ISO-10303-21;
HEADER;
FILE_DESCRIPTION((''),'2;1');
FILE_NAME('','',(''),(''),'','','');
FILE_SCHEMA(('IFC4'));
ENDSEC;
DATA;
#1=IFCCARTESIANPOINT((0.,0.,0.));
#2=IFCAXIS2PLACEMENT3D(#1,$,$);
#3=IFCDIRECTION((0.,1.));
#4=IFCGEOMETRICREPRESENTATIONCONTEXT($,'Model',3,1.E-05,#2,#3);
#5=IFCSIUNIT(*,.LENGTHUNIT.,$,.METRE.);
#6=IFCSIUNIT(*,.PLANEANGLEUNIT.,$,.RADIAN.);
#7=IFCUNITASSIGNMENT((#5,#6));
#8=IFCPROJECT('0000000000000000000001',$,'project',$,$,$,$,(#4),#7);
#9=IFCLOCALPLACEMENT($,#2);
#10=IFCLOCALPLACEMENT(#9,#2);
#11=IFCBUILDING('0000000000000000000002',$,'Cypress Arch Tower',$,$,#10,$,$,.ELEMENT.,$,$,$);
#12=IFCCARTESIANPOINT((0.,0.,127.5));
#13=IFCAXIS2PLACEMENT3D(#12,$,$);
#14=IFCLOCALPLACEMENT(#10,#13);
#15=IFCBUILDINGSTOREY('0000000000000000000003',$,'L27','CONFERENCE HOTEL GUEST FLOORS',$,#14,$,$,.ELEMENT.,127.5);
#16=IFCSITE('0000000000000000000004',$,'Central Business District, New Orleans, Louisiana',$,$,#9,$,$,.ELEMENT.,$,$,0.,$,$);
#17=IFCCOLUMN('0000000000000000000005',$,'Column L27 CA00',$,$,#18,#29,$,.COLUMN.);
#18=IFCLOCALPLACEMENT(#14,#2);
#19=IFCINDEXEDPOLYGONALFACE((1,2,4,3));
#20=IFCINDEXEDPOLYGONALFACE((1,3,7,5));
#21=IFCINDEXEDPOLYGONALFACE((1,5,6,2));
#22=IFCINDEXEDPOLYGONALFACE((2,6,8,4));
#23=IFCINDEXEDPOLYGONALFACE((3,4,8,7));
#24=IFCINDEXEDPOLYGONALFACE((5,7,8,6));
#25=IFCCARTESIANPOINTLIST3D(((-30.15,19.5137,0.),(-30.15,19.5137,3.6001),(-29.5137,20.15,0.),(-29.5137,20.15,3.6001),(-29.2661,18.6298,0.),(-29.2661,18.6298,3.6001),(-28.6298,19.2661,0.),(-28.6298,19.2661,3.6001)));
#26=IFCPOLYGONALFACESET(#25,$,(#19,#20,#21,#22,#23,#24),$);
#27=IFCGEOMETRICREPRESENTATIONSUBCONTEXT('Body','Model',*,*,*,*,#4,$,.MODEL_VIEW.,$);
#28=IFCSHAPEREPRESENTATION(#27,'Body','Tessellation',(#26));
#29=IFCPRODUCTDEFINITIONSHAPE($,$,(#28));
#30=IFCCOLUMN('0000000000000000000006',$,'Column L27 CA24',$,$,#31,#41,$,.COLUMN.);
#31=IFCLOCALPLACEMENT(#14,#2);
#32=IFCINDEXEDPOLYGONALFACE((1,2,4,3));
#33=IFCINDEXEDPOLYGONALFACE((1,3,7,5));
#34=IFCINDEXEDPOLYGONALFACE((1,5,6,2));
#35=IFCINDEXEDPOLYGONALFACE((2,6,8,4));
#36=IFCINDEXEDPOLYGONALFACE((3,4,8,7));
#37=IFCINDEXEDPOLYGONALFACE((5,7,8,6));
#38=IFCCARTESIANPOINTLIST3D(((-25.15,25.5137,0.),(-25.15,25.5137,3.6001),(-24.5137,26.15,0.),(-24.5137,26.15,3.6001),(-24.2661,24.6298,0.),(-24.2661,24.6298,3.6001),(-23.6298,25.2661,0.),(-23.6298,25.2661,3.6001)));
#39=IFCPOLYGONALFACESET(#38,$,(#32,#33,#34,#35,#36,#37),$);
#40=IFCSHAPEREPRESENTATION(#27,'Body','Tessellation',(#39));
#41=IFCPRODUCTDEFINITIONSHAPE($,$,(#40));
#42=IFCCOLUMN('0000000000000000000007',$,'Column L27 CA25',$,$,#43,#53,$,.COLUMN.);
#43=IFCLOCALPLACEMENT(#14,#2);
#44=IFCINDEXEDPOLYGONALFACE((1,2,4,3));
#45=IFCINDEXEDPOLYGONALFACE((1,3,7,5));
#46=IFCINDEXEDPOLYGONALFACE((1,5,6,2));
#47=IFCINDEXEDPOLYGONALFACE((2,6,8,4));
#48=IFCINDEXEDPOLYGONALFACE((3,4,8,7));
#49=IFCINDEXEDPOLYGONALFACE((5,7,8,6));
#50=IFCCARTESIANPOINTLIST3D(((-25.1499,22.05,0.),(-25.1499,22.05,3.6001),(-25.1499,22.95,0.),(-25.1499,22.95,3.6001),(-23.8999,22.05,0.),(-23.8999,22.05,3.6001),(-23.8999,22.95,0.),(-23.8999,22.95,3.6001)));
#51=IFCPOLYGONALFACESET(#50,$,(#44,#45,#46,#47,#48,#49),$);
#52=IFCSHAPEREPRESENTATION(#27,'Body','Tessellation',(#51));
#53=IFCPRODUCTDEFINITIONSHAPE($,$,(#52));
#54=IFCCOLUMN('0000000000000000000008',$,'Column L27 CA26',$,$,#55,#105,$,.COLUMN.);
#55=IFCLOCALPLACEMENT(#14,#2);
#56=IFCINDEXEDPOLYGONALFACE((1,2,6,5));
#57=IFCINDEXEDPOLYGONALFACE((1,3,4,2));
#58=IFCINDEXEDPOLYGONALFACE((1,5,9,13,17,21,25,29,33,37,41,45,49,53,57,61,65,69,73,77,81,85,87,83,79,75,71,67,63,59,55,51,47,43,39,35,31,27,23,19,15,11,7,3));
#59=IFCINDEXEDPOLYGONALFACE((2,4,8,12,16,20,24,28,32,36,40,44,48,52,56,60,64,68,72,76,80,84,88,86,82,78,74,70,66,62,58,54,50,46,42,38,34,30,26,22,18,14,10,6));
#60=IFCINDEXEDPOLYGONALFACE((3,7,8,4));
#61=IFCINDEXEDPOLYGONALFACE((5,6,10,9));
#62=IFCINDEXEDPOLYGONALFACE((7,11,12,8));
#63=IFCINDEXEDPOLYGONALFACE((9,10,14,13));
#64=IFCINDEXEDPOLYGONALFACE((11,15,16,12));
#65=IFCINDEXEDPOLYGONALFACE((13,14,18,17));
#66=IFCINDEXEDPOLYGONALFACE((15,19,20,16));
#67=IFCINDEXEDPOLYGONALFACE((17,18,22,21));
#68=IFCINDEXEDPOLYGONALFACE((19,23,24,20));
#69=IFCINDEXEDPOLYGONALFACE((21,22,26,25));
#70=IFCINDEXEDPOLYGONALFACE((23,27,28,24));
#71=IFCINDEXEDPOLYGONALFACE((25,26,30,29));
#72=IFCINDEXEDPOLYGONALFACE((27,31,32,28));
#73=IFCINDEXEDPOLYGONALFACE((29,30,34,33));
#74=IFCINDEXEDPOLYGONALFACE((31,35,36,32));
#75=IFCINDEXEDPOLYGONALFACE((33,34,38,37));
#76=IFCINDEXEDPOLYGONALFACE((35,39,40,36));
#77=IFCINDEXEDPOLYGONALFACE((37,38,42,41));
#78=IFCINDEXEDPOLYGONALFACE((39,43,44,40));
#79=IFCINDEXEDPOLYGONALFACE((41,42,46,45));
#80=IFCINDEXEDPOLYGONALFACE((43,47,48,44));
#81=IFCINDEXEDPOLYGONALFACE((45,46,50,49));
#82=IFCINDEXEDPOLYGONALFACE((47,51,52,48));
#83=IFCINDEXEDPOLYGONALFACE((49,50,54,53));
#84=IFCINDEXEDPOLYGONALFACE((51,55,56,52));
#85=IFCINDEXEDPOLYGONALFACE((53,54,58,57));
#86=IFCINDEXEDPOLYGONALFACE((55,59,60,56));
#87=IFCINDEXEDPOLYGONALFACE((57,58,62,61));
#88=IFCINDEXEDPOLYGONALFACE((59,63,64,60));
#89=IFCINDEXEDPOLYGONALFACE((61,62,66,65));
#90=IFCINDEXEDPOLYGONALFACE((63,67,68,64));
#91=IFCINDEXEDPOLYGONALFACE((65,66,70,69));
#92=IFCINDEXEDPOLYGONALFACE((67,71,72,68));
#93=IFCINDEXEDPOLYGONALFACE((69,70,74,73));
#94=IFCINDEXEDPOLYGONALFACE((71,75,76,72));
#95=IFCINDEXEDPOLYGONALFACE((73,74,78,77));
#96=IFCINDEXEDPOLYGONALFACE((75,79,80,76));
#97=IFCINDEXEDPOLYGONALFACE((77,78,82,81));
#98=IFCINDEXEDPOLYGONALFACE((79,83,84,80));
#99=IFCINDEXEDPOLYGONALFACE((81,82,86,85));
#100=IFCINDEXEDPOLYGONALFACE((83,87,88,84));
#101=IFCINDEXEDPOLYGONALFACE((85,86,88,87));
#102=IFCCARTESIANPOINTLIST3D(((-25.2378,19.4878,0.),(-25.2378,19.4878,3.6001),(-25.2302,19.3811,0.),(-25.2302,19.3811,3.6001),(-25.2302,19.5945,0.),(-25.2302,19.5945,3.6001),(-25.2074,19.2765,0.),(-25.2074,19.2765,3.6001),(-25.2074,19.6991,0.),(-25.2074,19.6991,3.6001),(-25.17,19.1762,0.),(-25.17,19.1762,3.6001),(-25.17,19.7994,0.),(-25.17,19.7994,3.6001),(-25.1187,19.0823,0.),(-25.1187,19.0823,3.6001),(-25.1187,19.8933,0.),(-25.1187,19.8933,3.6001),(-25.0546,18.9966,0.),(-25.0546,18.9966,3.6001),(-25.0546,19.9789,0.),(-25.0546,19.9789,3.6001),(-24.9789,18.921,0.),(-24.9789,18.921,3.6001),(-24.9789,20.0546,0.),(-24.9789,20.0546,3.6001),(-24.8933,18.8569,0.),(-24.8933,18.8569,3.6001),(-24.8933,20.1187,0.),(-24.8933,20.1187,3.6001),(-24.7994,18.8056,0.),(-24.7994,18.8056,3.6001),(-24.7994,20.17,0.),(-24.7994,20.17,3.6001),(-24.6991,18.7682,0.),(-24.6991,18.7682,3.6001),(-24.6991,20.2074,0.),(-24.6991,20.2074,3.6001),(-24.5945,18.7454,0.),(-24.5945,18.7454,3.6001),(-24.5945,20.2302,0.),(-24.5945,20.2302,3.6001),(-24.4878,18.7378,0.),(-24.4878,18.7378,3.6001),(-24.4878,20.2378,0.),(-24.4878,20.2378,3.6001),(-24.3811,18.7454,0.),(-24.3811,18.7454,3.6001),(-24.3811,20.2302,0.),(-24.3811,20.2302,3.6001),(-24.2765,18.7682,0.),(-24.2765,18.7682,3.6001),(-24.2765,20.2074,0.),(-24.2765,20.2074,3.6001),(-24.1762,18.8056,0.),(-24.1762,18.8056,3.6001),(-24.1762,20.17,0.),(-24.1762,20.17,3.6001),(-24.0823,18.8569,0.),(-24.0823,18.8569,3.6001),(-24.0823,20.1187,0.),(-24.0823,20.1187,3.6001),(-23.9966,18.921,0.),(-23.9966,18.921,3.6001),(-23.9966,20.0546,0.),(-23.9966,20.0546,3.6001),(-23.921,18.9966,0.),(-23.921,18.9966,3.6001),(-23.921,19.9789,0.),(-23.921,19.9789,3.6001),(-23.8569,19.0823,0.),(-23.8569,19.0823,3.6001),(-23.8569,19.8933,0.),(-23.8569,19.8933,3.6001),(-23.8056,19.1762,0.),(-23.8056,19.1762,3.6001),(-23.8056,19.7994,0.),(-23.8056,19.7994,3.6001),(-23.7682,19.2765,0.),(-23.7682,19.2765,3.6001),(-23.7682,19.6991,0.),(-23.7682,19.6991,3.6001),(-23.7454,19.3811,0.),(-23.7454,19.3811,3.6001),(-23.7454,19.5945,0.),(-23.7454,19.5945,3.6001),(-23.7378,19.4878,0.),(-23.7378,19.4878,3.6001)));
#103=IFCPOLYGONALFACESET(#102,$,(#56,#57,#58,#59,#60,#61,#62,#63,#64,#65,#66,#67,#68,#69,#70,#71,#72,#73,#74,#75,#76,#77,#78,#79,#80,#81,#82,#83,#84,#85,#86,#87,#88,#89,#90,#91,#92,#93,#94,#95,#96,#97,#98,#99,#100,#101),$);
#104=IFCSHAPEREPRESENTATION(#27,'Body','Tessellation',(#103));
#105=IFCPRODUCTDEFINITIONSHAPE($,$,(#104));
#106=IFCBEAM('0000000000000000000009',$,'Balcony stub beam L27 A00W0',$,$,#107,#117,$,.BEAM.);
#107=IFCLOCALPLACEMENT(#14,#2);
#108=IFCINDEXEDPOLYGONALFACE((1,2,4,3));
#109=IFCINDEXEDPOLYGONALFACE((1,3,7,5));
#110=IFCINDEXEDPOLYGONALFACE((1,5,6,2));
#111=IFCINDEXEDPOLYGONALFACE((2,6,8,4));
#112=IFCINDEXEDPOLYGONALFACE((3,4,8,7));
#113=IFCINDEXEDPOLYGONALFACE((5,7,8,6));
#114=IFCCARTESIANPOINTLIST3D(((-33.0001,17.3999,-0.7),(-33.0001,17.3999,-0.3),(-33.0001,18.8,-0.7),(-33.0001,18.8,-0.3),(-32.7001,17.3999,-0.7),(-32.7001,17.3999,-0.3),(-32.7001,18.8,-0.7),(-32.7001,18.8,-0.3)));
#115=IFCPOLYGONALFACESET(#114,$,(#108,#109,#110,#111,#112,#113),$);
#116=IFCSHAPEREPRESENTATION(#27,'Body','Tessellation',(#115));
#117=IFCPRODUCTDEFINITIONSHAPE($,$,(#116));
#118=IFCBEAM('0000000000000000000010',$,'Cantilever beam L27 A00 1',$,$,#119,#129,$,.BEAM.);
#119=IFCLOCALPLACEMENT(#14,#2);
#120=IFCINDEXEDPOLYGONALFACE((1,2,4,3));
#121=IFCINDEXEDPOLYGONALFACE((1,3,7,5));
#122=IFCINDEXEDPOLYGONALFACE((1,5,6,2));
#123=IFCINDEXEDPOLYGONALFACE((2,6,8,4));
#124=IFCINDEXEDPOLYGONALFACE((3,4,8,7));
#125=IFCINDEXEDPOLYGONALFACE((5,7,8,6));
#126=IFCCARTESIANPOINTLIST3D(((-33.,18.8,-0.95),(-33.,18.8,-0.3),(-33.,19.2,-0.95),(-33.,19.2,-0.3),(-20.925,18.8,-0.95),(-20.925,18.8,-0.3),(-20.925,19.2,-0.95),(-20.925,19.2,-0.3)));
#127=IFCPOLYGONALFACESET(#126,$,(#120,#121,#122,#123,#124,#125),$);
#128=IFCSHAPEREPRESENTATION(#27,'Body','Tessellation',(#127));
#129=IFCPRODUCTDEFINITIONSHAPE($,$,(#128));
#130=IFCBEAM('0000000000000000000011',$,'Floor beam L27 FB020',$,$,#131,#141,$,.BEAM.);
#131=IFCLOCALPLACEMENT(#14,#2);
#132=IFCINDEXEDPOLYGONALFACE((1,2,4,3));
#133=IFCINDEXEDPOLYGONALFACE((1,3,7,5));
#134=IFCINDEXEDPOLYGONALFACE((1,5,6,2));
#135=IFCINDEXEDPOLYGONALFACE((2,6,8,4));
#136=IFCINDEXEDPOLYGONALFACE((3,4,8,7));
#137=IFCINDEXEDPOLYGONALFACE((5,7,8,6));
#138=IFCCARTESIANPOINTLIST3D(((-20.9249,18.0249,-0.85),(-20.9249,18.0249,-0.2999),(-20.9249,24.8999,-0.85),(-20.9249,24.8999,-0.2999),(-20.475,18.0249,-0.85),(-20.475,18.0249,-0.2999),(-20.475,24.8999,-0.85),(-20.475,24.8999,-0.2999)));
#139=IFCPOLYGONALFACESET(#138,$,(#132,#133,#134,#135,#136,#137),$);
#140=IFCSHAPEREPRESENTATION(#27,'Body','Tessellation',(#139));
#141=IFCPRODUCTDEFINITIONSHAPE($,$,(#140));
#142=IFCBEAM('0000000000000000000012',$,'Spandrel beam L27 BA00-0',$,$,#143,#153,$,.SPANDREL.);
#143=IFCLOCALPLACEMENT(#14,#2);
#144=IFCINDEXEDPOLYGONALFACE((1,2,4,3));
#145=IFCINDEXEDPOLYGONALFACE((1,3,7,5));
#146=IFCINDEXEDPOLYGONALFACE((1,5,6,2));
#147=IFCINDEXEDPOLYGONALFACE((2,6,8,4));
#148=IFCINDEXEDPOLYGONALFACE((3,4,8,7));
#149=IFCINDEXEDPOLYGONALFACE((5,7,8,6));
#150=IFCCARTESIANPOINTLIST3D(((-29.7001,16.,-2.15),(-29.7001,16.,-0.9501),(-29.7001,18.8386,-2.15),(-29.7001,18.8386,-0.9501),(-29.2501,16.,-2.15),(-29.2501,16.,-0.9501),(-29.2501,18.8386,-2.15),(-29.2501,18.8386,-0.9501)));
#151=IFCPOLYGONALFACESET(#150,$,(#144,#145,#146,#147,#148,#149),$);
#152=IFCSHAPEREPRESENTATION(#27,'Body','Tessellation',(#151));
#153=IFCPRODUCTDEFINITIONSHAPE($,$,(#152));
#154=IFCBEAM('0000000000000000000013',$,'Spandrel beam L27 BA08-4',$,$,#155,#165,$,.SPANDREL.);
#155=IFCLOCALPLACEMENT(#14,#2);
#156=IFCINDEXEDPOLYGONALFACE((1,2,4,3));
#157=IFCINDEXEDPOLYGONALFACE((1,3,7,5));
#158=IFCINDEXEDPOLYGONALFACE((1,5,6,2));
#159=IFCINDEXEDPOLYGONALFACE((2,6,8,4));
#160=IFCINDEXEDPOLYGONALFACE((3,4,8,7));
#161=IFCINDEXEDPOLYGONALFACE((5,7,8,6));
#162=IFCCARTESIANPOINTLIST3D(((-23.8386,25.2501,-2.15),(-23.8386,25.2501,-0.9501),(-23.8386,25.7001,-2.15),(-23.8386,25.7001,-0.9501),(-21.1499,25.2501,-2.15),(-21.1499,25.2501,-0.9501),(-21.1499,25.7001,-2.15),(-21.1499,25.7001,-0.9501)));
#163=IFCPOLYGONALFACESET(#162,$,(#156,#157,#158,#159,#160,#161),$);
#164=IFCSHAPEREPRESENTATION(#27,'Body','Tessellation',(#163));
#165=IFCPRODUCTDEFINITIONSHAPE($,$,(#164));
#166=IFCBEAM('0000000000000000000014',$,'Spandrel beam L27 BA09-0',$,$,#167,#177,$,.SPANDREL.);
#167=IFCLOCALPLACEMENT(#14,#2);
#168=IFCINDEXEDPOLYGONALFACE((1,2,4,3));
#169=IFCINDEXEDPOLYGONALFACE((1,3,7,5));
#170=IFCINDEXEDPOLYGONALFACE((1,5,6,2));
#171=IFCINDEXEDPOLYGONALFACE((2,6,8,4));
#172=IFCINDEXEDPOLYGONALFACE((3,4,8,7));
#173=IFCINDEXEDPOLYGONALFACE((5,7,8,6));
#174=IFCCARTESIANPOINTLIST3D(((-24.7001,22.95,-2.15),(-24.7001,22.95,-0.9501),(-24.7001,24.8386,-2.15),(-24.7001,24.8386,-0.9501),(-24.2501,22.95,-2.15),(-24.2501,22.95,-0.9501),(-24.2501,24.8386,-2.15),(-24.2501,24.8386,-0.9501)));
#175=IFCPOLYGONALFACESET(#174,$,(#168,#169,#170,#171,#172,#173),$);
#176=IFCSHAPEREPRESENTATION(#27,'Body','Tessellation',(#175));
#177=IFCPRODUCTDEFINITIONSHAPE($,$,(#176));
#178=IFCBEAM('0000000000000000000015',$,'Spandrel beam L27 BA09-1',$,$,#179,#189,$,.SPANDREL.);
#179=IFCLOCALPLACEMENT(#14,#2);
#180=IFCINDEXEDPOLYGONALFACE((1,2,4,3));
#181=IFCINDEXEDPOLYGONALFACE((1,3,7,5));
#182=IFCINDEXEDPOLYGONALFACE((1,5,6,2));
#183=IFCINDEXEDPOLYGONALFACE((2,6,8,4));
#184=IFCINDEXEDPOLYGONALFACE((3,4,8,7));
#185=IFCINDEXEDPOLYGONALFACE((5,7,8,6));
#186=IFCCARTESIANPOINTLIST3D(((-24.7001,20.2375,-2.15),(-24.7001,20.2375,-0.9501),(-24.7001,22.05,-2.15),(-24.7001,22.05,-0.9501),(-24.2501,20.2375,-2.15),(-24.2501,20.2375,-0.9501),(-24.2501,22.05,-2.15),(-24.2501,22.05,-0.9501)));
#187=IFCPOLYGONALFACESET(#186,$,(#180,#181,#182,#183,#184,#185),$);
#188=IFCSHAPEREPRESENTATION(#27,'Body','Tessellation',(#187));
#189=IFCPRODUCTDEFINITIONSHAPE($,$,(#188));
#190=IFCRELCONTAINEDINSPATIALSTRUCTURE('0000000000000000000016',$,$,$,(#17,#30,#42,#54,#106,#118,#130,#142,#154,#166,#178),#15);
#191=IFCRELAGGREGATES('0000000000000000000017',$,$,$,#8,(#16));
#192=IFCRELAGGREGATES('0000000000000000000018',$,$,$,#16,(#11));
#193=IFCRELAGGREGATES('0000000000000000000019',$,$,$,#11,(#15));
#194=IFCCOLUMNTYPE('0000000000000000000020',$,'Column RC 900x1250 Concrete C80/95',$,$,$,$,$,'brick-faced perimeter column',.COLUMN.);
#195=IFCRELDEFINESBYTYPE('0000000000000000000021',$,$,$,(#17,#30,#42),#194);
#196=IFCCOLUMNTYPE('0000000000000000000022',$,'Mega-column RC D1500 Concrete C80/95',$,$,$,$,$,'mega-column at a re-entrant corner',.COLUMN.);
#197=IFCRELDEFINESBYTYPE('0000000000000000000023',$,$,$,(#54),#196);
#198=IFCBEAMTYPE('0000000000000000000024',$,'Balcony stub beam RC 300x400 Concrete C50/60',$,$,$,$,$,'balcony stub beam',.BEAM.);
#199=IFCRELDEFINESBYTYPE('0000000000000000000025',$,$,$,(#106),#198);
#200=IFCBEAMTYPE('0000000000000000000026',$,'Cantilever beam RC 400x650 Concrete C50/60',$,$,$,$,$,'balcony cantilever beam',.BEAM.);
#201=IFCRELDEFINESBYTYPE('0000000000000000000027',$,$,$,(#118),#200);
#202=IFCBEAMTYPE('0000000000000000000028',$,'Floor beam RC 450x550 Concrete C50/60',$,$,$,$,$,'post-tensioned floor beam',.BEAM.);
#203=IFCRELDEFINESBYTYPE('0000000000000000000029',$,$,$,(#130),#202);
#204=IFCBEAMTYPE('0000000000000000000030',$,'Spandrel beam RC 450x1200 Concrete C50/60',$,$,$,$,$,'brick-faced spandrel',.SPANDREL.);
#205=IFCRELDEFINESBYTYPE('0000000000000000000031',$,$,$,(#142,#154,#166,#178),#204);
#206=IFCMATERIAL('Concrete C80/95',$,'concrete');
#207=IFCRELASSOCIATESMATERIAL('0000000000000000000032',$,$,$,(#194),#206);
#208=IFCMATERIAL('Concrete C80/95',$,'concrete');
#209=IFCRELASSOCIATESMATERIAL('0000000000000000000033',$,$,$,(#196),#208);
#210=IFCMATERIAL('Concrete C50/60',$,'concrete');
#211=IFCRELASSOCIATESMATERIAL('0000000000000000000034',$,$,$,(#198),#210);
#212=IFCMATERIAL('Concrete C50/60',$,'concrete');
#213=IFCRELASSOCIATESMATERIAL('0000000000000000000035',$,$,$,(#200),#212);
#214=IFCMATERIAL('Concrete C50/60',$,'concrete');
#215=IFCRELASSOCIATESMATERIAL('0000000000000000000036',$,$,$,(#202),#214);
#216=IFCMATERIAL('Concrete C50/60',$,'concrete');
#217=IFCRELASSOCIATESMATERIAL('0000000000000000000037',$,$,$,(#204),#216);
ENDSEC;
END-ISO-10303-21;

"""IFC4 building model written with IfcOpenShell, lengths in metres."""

from ifc_helpers import new_model, si_unit, direction, frame, origin, origin_2d, place, context, subcontext, project, spatial, rectangle, circle, extrude, material, material_profile, profile_set, type_object, element, save


model = new_model("IFC4")

# Units and contexts
model_context = context("Model", 3, precision=1e-05, world=origin(), true_north=direction((0.0, 1.0)))
body_context = subcontext(model_context, "Body", "Model", "MODEL_VIEW")
ifc_project = project(units=[si_unit("LENGTHUNIT", "METRE"), si_unit("PLANEANGLEUNIT", "RADIAN")], contexts=[model_context])

# Site, building, storey
site_placement = place(None, origin())
site = spatial("IfcSite", under=ifc_project, at=site_placement, Name="Central Business District, New Orleans, Louisiana", CompositionType="ELEMENT", RefElevation=0.0)
building_placement = place(site_placement, origin())
building = spatial("IfcBuilding", under=site, at=building_placement, Name="Cypress Arch Tower", CompositionType="ELEMENT")
storey_placement = place(building_placement, frame((0.0, 0.0, 127.5)))
storey = spatial("IfcBuildingStorey", under=building, at=storey_placement, Name="L27", Description="CONFERENCE HOTEL GUEST FLOORS", CompositionType="ELEMENT", Elevation=127.5)

# Columns
ifc_material_1 = material(Name="Concrete C80/95", Category="concrete")
ifc_material_profile_1 = material_profile(ifc_material_1, rectangle(XDim=0.8999, YDim=1.25, at=origin_2d()), Name="RC 900x1250")
ifc_profile_set_1 = profile_set([ifc_material_profile_1], Name="Concrete C80/95")
column_type_1 = type_object("IfcColumnType", Name="Column RC 900x1250 Concrete C80/95", ElementType="brick-faced perimeter column", PredefinedType="COLUMN", material=ifc_profile_set_1)
for number, where, z_axis, x_axis, name in (
    (1, (-29.3899, 19.3899, 0.0), (0.0, 0.0, 1.0), (-0.707107, -0.707107, 0.0), "Column L27 CA00"),
    (2, (-24.3899, 25.3899, 0.0), (0.0, 0.0, 1.0), (-0.707107, -0.707107, 0.0), "Column L27 CA24"),
    (3, (-24.5249, 22.5, 0.0), (0.0, 0.0, 1.0), (0.0, -1.0, 0.0), "Column L27 CA25"),
):
    element("IfcColumn", number, at=place(storey_placement, frame(where, z_axis=z_axis, x_axis=x_axis)), inside=storey, type_object=column_type_1, Name=name, PredefinedType="COLUMN", context=body_context, shape_type="SweptSolid", body=[
        extrude(rectangle(XDim=0.8999, YDim=1.25, at=origin_2d()), origin(), (0.0, 0.0, 1.0), 3.6001),
    ])
ifc_material_2 = material(Name="Concrete C80/95", Category="concrete")
ifc_material_profile_2 = material_profile(ifc_material_2, circle(Radius=0.75, at=origin_2d()), Name="RC D1500")
ifc_profile_set_2 = profile_set([ifc_material_profile_2], Name="Concrete C80/95")
column_type_2 = type_object("IfcColumnType", Name="Mega-column RC D1500 Concrete C80/95", ElementType="mega-column at a re-entrant corner", PredefinedType="COLUMN", material=ifc_profile_set_2)
column_placement = place(storey_placement, frame((-24.4878, 19.4878, 0.0), z_axis=(0.0, 0.0, 1.0), x_axis=(1.0, 0.0, 0.0)))
element("IfcColumn", 4, at=column_placement, inside=storey, type_object=column_type_2, Name="Column L27 CA26", PredefinedType="COLUMN", context=body_context, shape_type="SweptSolid", body=[
    extrude(circle(Radius=0.75, at=origin_2d()), origin(), (0.0, 0.0, 1.0), 3.6001),
])

# Beams
ifc_material_3 = material(Name="Concrete C50/60", Category="concrete")
ifc_material_profile_3 = material_profile(ifc_material_3, rectangle(XDim=0.3, YDim=0.3999, at=origin_2d()), Name="RC 300x400")
ifc_profile_set_3 = profile_set([ifc_material_profile_3], Name="Concrete C50/60")
beam_type_1 = type_object("IfcBeamType", Name="Balcony stub beam RC 300x400 Concrete C50/60", ElementType="balcony stub beam", PredefinedType="BEAM", material=ifc_profile_set_3)
beam_1_placement = place(storey_placement, frame((-32.8501, 18.8, -0.5), z_axis=(0.0, -1.0, 0.0), x_axis=(1.0, 0.0, 0.0)))
element("IfcBeam", 5, at=beam_1_placement, inside=storey, type_object=beam_type_1, Name="Balcony stub beam L27 A00W0", PredefinedType="BEAM", context=body_context, shape_type="SweptSolid", body=[
    extrude(rectangle(XDim=0.3, YDim=0.3999, at=origin_2d()), origin(), (0.0, 0.0, 1.0), 1.4001),
])
ifc_material_4 = material(Name="Concrete C50/60", Category="concrete")
ifc_material_profile_4 = material_profile(ifc_material_4, rectangle(XDim=0.3999, YDim=0.6499, at=origin_2d()), Name="RC 400x650")
ifc_profile_set_4 = profile_set([ifc_material_profile_4], Name="Concrete C50/60")
beam_type_2 = type_object("IfcBeamType", Name="Cantilever beam RC 400x650 Concrete C50/60", ElementType="balcony cantilever beam", PredefinedType="BEAM", material=ifc_profile_set_4)
beam_2_placement = place(storey_placement, frame((-20.925, 19.0, -0.625), z_axis=(-1.0, 0.0, 0.0), x_axis=(0.0, -1.0, 0.0)))
element("IfcBeam", 6, at=beam_2_placement, inside=storey, type_object=beam_type_2, Name="Cantilever beam L27 A00 1", PredefinedType="BEAM", context=body_context, shape_type="SweptSolid", body=[
    extrude(rectangle(XDim=0.3999, YDim=0.6499, at=origin_2d()), origin(), (0.0, 0.0, 1.0), 12.075),
])
ifc_material_5 = material(Name="Concrete C50/60", Category="concrete")
ifc_material_profile_5 = material_profile(ifc_material_5, rectangle(XDim=0.45, YDim=0.55, at=origin_2d()), Name="RC 450x550")
ifc_profile_set_5 = profile_set([ifc_material_profile_5], Name="Concrete C50/60")
beam_type_3 = type_object("IfcBeamType", Name="Floor beam RC 450x550 Concrete C50/60", ElementType="post-tensioned floor beam", PredefinedType="BEAM", material=ifc_profile_set_5)
beam_3_placement = place(storey_placement, frame((-20.7, 18.0249, -0.575), z_axis=(0.0, 1.0, 0.0), x_axis=(-1.0, 0.0, 0.0)))
element("IfcBeam", 7, at=beam_3_placement, inside=storey, type_object=beam_type_3, Name="Floor beam L27 FB020", PredefinedType="BEAM", context=body_context, shape_type="SweptSolid", body=[
    extrude(rectangle(XDim=0.45, YDim=0.55, at=origin_2d()), origin(), (0.0, 0.0, 1.0), 6.875),
])
ifc_material_6 = material(Name="Concrete C50/60", Category="concrete")
ifc_material_profile_6 = material_profile(ifc_material_6, rectangle(XDim=0.45, YDim=1.2, at=origin_2d()), Name="RC 450x1200")
ifc_profile_set_6 = profile_set([ifc_material_profile_6], Name="Concrete C50/60")
beam_type_4 = type_object("IfcBeamType", Name="Spandrel beam RC 450x1200 Concrete C50/60", ElementType="brick-faced spandrel", PredefinedType="SPANDREL", material=ifc_profile_set_6)
beam_4_placement = place(storey_placement, frame((-29.4751, 18.8386, -1.55), z_axis=(0.0, -1.0, 0.0), x_axis=(1.0, 0.0, 0.0)))
element("IfcBeam", 8, at=beam_4_placement, inside=storey, type_object=beam_type_4, Name="Spandrel beam L27 BA00-0", PredefinedType="SPANDREL", context=body_context, shape_type="SweptSolid", body=[
    extrude(rectangle(XDim=0.45, YDim=1.2, at=origin_2d()), origin(), (0.0, 0.0, 1.0), 2.8386),
])
beam_5_placement = place(storey_placement, frame((-21.1499, 25.4751, -1.55), z_axis=(-1.0, 0.0, 0.0), x_axis=(0.0, -1.0, 0.0)))
element("IfcBeam", 9, at=beam_5_placement, inside=storey, type_object=beam_type_4, Name="Spandrel beam L27 BA08-4", PredefinedType="SPANDREL", context=body_context, shape_type="SweptSolid", body=[
    extrude(rectangle(XDim=0.45, YDim=1.2, at=origin_2d()), origin(), (0.0, 0.0, 1.0), 2.6887),
])
beam_6_placement = place(storey_placement, frame((-24.4751, 24.8386, -1.55), z_axis=(0.0, -1.0, 0.0), x_axis=(1.0, 0.0, 0.0)))
element("IfcBeam", 10, at=beam_6_placement, inside=storey, type_object=beam_type_4, Name="Spandrel beam L27 BA09-0", PredefinedType="SPANDREL", context=body_context, shape_type="SweptSolid", body=[
    extrude(rectangle(XDim=0.45, YDim=1.2, at=origin_2d()), origin(), (0.0, 0.0, 1.0), 1.8887),
])
beam_7_placement = place(storey_placement, frame((-24.4751, 22.05, -1.55), z_axis=(0.0, -1.0, 0.0), x_axis=(1.0, 0.0, 0.0)))
element("IfcBeam", 11, at=beam_7_placement, inside=storey, type_object=beam_type_4, Name="Spandrel beam L27 BA09-1", PredefinedType="SPANDREL", context=body_context, shape_type="SweptSolid", body=[
    extrude(rectangle(XDim=0.45, YDim=1.2, at=origin_2d()), origin(), (0.0, 0.0, 1.0), 1.8125),
])

save(model, "model.ifc")
